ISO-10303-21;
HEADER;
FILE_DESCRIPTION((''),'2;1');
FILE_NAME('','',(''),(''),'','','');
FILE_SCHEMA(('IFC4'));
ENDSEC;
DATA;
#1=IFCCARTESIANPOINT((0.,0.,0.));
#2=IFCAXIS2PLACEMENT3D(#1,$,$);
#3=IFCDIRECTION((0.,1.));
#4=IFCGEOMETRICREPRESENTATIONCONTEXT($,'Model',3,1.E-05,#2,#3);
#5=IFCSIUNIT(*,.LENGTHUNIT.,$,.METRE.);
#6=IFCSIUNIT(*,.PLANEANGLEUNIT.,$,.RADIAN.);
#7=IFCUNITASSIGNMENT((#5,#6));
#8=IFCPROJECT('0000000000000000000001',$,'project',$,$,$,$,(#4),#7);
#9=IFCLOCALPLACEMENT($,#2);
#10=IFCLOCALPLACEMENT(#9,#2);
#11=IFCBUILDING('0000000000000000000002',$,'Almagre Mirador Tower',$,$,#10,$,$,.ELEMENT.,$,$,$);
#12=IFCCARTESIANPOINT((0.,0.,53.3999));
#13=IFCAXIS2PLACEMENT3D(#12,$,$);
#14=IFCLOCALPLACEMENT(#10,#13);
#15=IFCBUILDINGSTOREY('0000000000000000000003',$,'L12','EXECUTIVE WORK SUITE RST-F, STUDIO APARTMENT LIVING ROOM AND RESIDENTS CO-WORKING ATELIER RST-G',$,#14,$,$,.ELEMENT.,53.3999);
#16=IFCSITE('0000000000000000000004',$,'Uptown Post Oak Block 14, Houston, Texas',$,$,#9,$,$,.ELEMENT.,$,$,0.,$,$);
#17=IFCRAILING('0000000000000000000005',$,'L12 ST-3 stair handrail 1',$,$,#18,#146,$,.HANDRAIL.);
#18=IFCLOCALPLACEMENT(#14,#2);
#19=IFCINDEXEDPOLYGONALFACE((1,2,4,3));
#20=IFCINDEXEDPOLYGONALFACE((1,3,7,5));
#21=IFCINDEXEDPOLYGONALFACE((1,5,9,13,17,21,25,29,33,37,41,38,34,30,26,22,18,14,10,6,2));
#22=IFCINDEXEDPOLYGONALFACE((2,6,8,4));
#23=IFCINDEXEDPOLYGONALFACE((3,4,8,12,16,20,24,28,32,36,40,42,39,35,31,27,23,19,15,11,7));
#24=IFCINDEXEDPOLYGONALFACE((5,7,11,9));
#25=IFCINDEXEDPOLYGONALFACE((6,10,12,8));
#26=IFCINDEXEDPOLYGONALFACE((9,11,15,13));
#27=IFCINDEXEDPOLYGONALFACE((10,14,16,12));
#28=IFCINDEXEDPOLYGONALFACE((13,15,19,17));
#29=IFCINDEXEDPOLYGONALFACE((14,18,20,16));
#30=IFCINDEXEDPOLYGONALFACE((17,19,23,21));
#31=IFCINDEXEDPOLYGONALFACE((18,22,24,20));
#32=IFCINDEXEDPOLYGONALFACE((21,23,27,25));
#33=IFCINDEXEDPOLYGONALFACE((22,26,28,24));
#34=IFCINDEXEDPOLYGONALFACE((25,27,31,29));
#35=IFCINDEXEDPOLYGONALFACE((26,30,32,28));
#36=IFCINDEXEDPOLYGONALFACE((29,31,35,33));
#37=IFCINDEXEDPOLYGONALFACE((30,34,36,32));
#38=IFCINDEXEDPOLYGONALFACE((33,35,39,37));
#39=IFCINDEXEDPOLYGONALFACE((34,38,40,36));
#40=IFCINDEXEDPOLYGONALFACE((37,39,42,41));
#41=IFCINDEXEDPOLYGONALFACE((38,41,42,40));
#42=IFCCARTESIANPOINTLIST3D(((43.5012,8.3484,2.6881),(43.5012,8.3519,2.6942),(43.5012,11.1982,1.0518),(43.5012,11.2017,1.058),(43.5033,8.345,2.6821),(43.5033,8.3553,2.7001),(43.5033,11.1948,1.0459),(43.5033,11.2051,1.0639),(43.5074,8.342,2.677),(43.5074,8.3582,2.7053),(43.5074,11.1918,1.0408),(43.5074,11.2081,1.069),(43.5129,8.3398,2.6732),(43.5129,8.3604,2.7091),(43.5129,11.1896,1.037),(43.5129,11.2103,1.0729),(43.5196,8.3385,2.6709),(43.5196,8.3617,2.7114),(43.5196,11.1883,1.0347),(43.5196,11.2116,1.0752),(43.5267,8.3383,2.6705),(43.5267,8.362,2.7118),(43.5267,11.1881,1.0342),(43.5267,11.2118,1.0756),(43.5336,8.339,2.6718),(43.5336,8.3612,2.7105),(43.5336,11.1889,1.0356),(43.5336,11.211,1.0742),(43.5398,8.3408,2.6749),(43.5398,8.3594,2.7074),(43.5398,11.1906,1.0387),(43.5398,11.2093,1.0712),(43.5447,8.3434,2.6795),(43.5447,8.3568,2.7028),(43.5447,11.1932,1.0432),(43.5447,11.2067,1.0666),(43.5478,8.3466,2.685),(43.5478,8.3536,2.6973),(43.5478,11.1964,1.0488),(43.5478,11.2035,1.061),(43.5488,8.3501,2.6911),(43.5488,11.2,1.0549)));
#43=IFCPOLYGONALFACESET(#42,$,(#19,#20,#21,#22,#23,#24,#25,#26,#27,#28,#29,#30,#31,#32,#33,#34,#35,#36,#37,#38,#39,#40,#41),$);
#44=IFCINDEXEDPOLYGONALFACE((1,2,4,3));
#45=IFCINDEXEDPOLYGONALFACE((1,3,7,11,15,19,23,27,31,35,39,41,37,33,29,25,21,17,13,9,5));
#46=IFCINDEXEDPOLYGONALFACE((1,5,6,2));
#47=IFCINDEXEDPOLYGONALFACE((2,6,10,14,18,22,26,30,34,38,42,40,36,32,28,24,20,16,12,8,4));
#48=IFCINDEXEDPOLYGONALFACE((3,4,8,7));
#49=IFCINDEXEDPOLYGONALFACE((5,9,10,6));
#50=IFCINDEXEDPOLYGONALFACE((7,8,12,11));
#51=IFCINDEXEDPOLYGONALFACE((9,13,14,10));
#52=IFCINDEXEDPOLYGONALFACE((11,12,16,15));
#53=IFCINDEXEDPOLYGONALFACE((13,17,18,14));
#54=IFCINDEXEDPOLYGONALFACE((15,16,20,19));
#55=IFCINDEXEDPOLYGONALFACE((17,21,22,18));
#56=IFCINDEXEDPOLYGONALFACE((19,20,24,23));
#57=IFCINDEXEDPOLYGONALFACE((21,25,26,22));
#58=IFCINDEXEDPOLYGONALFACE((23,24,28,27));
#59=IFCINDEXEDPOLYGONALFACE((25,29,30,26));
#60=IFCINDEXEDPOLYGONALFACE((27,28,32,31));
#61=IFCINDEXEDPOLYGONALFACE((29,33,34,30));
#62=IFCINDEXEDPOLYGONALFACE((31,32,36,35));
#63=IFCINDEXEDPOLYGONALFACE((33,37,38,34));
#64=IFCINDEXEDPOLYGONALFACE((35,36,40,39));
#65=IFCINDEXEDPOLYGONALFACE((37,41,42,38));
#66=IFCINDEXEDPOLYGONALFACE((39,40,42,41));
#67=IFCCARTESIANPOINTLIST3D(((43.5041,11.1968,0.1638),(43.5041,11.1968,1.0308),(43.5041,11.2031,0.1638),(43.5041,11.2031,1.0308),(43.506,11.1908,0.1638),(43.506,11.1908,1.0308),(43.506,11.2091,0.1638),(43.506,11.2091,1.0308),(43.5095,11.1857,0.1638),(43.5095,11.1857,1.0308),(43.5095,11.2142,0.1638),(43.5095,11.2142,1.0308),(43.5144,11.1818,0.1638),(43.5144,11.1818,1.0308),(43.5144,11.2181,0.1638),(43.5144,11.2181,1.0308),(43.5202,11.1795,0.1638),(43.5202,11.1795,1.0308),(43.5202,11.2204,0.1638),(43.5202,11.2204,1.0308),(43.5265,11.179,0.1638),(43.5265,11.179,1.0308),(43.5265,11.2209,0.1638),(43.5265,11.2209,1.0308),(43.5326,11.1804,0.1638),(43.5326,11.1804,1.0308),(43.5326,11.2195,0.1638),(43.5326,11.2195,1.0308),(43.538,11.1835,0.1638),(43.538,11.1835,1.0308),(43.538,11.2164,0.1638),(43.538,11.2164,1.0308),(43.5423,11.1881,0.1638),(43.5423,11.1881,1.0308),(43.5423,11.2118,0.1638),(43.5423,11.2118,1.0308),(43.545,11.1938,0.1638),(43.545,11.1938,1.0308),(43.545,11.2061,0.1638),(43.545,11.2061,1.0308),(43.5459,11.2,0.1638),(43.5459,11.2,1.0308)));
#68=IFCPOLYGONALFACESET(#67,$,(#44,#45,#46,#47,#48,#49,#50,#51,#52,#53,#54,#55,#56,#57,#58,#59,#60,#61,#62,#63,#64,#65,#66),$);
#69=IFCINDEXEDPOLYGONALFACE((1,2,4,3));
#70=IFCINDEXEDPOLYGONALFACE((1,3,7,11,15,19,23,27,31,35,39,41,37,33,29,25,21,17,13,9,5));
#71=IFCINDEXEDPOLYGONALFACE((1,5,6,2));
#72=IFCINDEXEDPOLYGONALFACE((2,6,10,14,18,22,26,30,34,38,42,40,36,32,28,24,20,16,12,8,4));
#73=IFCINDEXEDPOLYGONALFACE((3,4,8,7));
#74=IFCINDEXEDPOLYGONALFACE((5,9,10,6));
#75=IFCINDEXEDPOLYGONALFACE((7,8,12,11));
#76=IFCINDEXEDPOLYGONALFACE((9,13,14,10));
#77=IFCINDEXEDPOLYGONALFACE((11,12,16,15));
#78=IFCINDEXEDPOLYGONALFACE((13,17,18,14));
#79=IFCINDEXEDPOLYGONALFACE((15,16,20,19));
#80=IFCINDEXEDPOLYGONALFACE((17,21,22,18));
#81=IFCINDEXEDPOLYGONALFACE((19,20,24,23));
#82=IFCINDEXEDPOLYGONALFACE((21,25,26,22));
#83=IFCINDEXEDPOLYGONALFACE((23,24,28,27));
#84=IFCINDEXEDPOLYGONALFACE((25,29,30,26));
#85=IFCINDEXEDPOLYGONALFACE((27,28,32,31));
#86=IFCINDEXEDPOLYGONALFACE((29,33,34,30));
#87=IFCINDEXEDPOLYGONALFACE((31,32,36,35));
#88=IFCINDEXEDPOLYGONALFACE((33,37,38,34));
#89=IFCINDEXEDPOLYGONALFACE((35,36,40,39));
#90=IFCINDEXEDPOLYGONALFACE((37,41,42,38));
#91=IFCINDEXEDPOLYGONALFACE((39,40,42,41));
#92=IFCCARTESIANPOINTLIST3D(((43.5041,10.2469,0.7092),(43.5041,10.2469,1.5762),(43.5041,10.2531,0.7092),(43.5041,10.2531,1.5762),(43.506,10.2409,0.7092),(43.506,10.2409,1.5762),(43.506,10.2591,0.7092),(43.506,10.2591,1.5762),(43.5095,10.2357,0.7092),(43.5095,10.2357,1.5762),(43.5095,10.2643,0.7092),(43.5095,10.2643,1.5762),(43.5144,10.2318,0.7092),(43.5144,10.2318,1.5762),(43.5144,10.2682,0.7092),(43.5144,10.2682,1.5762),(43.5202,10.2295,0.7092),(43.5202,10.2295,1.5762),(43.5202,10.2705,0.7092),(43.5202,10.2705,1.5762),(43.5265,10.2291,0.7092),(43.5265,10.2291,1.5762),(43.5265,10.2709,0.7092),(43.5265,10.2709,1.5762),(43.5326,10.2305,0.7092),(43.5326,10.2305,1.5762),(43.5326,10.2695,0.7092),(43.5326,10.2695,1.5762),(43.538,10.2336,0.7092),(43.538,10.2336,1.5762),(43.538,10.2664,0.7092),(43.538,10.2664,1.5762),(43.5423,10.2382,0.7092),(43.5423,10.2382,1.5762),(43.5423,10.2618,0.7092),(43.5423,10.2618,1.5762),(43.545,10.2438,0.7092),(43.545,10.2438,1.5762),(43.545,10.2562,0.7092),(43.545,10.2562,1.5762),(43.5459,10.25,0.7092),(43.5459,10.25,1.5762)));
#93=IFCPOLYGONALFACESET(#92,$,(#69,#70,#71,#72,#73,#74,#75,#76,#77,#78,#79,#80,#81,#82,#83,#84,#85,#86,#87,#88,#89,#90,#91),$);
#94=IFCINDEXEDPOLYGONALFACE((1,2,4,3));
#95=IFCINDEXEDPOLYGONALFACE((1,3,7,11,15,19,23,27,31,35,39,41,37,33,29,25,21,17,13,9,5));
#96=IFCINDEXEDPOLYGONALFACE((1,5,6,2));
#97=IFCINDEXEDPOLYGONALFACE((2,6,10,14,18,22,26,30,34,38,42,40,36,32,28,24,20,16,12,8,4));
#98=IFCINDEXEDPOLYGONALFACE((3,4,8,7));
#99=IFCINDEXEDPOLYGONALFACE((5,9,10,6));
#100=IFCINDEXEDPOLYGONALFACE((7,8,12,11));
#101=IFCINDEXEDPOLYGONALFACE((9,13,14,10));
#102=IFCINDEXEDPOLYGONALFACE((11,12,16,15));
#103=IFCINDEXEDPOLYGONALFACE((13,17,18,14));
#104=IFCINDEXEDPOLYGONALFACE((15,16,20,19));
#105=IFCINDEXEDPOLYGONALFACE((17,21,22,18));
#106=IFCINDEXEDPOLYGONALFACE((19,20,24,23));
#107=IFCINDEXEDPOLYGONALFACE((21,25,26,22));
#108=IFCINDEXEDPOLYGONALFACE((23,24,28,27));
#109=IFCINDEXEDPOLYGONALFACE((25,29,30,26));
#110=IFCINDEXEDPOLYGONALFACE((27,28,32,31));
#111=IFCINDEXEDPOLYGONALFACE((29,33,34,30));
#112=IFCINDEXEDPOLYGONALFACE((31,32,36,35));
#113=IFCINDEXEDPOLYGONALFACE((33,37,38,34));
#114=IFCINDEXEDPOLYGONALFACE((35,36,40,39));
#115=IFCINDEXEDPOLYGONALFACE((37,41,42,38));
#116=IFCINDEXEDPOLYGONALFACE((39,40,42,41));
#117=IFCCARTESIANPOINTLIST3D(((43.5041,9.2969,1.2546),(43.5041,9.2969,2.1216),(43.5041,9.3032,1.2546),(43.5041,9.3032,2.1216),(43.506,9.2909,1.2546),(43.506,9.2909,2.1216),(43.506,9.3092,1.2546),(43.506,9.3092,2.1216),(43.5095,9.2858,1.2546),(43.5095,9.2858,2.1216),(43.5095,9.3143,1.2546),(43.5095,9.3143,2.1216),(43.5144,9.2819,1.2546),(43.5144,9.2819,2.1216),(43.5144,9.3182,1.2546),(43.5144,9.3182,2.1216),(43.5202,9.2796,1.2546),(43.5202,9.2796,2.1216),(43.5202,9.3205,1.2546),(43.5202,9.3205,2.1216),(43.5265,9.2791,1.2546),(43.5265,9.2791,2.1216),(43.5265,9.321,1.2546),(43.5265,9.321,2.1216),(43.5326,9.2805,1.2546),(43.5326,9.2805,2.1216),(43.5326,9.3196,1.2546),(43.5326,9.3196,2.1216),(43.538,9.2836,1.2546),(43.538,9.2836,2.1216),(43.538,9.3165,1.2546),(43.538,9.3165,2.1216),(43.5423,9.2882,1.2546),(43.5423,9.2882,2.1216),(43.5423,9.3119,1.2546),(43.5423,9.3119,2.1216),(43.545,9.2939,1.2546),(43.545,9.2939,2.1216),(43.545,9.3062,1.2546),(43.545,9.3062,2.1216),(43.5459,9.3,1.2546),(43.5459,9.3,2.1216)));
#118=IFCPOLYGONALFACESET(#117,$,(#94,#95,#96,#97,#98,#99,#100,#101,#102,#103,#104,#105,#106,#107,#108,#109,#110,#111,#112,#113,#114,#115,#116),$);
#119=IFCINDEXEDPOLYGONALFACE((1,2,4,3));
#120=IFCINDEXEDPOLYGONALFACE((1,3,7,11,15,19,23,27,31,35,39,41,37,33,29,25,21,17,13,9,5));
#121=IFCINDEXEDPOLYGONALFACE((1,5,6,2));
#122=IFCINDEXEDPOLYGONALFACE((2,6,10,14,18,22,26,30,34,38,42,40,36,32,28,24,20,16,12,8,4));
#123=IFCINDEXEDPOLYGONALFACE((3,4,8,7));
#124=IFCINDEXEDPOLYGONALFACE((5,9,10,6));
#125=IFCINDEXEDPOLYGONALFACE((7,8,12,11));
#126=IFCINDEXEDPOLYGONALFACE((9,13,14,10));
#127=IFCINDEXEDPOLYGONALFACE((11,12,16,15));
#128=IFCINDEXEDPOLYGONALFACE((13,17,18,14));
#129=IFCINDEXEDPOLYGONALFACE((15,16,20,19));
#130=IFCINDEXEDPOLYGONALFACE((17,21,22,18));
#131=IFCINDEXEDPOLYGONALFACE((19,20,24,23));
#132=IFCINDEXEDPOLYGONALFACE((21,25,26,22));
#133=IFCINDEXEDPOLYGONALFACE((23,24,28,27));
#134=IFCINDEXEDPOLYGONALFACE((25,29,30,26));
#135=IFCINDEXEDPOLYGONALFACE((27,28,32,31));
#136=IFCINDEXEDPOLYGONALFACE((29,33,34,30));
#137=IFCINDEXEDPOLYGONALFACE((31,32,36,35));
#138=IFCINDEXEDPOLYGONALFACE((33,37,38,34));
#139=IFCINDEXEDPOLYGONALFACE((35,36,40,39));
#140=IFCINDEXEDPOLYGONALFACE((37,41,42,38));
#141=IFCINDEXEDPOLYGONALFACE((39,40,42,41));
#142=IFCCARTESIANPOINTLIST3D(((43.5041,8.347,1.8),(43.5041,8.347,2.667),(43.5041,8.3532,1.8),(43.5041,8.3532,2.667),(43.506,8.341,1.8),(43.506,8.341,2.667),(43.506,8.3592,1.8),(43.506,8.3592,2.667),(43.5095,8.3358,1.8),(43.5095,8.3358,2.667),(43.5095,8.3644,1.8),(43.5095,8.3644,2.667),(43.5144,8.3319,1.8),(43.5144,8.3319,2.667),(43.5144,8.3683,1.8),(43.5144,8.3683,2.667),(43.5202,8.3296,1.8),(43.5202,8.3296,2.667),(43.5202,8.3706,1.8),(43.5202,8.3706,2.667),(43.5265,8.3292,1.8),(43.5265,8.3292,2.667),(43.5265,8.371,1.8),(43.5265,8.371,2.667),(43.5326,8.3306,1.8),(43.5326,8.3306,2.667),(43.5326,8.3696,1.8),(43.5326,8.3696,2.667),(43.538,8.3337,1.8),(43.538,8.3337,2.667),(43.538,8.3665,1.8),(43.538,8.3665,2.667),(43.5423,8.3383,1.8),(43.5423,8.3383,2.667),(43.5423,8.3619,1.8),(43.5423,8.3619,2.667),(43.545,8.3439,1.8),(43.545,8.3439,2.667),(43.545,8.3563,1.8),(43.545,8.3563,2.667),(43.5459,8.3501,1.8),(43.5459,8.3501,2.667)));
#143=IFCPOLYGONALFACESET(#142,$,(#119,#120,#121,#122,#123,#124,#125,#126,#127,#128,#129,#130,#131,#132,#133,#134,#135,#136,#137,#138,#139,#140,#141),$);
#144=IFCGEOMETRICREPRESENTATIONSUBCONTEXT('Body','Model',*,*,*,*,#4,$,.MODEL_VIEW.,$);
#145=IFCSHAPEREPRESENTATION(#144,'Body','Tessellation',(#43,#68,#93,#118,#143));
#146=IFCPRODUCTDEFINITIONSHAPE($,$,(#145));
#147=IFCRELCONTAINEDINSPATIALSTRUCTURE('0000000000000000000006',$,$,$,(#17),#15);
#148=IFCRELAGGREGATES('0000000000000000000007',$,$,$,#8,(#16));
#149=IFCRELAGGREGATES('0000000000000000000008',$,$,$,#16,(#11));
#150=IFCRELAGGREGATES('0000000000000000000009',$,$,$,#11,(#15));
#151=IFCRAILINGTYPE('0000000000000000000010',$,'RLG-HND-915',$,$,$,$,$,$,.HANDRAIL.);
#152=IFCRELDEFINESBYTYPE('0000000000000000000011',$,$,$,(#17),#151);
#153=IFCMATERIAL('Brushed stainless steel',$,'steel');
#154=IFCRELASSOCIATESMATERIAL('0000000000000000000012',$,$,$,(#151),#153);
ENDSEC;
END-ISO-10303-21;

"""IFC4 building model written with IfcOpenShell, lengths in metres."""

from ifc_helpers import new_model, si_unit, direction, frame, origin, origin_2d, place, context, subcontext, project, spatial, circle, extrude, material, type_object, element, save


model = new_model("IFC4")

# Units and contexts
model_context = context("Model", 3, precision=1e-05, world=origin(), true_north=direction((0.0, 1.0)))
body_context = subcontext(model_context, "Body", "Model", "MODEL_VIEW")
ifc_project = project(units=[si_unit("LENGTHUNIT", "METRE"), si_unit("PLANEANGLEUNIT", "RADIAN")], contexts=[model_context])

# Site, building, storey
site_placement = place(None, origin())
site = spatial("IfcSite", under=ifc_project, at=site_placement, Name="Uptown Post Oak Block 14, Houston, Texas", CompositionType="ELEMENT", RefElevation=0.0)
building_placement = place(site_placement, origin())
building = spatial("IfcBuilding", under=site, at=building_placement, Name="Almagre Mirador Tower", CompositionType="ELEMENT")
storey_placement = place(building_placement, frame((0.0, 0.0, 53.3999)))
storey = spatial("IfcBuildingStorey", under=building, at=storey_placement, Name="L12", Description="EXECUTIVE WORK SUITE RST-F, STUDIO APARTMENT LIVING ROOM AND RESIDENTS CO-WORKING ATELIER RST-G", CompositionType="ELEMENT", Elevation=53.3999)

# Railing
ifc_material_1 = material(Name="Brushed stainless steel", Category="steel")
railing_type_1 = type_object("IfcRailingType", Name="RLG-HND-915", PredefinedType="HANDRAIL", material=ifc_material_1)
railing_1_placement = place(storey_placement, frame((43.5249, 11.2, 0.1638)))
element("IfcRailing", 1, at=railing_1_placement, inside=storey, type_object=railing_type_1, Name="L12 ST-3 stair handrail 1", PredefinedType="HANDRAIL", context=body_context, shape_type="SweptSolid", body=[
    extrude(circle(Radius=0.0239, at=origin_2d()), frame((0.0, 0.0, 0.8911), z_axis=(0.0, -0.867226, 0.497914), x_axis=(1.0, 0.0, 0.0)), (0.0, 0.0, 1.0), 3.2861),
    extrude(circle(Radius=0.021, at=origin_2d()), origin(), (0.0, 0.0, 1.0), 0.8669),
    extrude(circle(Radius=0.021, at=origin_2d()), frame((0.0, -0.95, 0.5454)), (0.0, 0.0, 1.0), 0.8669),
    extrude(circle(Radius=0.021, at=origin_2d()), frame((0.0, -1.8999, 1.0908)), (0.0, 0.0, 1.0), 0.8669),
    extrude(circle(Radius=0.021, at=origin_2d()), frame((0.0, -2.8499, 1.6362)), (0.0, 0.0, 1.0), 0.8669),
])

save(model, "model.ifc")
